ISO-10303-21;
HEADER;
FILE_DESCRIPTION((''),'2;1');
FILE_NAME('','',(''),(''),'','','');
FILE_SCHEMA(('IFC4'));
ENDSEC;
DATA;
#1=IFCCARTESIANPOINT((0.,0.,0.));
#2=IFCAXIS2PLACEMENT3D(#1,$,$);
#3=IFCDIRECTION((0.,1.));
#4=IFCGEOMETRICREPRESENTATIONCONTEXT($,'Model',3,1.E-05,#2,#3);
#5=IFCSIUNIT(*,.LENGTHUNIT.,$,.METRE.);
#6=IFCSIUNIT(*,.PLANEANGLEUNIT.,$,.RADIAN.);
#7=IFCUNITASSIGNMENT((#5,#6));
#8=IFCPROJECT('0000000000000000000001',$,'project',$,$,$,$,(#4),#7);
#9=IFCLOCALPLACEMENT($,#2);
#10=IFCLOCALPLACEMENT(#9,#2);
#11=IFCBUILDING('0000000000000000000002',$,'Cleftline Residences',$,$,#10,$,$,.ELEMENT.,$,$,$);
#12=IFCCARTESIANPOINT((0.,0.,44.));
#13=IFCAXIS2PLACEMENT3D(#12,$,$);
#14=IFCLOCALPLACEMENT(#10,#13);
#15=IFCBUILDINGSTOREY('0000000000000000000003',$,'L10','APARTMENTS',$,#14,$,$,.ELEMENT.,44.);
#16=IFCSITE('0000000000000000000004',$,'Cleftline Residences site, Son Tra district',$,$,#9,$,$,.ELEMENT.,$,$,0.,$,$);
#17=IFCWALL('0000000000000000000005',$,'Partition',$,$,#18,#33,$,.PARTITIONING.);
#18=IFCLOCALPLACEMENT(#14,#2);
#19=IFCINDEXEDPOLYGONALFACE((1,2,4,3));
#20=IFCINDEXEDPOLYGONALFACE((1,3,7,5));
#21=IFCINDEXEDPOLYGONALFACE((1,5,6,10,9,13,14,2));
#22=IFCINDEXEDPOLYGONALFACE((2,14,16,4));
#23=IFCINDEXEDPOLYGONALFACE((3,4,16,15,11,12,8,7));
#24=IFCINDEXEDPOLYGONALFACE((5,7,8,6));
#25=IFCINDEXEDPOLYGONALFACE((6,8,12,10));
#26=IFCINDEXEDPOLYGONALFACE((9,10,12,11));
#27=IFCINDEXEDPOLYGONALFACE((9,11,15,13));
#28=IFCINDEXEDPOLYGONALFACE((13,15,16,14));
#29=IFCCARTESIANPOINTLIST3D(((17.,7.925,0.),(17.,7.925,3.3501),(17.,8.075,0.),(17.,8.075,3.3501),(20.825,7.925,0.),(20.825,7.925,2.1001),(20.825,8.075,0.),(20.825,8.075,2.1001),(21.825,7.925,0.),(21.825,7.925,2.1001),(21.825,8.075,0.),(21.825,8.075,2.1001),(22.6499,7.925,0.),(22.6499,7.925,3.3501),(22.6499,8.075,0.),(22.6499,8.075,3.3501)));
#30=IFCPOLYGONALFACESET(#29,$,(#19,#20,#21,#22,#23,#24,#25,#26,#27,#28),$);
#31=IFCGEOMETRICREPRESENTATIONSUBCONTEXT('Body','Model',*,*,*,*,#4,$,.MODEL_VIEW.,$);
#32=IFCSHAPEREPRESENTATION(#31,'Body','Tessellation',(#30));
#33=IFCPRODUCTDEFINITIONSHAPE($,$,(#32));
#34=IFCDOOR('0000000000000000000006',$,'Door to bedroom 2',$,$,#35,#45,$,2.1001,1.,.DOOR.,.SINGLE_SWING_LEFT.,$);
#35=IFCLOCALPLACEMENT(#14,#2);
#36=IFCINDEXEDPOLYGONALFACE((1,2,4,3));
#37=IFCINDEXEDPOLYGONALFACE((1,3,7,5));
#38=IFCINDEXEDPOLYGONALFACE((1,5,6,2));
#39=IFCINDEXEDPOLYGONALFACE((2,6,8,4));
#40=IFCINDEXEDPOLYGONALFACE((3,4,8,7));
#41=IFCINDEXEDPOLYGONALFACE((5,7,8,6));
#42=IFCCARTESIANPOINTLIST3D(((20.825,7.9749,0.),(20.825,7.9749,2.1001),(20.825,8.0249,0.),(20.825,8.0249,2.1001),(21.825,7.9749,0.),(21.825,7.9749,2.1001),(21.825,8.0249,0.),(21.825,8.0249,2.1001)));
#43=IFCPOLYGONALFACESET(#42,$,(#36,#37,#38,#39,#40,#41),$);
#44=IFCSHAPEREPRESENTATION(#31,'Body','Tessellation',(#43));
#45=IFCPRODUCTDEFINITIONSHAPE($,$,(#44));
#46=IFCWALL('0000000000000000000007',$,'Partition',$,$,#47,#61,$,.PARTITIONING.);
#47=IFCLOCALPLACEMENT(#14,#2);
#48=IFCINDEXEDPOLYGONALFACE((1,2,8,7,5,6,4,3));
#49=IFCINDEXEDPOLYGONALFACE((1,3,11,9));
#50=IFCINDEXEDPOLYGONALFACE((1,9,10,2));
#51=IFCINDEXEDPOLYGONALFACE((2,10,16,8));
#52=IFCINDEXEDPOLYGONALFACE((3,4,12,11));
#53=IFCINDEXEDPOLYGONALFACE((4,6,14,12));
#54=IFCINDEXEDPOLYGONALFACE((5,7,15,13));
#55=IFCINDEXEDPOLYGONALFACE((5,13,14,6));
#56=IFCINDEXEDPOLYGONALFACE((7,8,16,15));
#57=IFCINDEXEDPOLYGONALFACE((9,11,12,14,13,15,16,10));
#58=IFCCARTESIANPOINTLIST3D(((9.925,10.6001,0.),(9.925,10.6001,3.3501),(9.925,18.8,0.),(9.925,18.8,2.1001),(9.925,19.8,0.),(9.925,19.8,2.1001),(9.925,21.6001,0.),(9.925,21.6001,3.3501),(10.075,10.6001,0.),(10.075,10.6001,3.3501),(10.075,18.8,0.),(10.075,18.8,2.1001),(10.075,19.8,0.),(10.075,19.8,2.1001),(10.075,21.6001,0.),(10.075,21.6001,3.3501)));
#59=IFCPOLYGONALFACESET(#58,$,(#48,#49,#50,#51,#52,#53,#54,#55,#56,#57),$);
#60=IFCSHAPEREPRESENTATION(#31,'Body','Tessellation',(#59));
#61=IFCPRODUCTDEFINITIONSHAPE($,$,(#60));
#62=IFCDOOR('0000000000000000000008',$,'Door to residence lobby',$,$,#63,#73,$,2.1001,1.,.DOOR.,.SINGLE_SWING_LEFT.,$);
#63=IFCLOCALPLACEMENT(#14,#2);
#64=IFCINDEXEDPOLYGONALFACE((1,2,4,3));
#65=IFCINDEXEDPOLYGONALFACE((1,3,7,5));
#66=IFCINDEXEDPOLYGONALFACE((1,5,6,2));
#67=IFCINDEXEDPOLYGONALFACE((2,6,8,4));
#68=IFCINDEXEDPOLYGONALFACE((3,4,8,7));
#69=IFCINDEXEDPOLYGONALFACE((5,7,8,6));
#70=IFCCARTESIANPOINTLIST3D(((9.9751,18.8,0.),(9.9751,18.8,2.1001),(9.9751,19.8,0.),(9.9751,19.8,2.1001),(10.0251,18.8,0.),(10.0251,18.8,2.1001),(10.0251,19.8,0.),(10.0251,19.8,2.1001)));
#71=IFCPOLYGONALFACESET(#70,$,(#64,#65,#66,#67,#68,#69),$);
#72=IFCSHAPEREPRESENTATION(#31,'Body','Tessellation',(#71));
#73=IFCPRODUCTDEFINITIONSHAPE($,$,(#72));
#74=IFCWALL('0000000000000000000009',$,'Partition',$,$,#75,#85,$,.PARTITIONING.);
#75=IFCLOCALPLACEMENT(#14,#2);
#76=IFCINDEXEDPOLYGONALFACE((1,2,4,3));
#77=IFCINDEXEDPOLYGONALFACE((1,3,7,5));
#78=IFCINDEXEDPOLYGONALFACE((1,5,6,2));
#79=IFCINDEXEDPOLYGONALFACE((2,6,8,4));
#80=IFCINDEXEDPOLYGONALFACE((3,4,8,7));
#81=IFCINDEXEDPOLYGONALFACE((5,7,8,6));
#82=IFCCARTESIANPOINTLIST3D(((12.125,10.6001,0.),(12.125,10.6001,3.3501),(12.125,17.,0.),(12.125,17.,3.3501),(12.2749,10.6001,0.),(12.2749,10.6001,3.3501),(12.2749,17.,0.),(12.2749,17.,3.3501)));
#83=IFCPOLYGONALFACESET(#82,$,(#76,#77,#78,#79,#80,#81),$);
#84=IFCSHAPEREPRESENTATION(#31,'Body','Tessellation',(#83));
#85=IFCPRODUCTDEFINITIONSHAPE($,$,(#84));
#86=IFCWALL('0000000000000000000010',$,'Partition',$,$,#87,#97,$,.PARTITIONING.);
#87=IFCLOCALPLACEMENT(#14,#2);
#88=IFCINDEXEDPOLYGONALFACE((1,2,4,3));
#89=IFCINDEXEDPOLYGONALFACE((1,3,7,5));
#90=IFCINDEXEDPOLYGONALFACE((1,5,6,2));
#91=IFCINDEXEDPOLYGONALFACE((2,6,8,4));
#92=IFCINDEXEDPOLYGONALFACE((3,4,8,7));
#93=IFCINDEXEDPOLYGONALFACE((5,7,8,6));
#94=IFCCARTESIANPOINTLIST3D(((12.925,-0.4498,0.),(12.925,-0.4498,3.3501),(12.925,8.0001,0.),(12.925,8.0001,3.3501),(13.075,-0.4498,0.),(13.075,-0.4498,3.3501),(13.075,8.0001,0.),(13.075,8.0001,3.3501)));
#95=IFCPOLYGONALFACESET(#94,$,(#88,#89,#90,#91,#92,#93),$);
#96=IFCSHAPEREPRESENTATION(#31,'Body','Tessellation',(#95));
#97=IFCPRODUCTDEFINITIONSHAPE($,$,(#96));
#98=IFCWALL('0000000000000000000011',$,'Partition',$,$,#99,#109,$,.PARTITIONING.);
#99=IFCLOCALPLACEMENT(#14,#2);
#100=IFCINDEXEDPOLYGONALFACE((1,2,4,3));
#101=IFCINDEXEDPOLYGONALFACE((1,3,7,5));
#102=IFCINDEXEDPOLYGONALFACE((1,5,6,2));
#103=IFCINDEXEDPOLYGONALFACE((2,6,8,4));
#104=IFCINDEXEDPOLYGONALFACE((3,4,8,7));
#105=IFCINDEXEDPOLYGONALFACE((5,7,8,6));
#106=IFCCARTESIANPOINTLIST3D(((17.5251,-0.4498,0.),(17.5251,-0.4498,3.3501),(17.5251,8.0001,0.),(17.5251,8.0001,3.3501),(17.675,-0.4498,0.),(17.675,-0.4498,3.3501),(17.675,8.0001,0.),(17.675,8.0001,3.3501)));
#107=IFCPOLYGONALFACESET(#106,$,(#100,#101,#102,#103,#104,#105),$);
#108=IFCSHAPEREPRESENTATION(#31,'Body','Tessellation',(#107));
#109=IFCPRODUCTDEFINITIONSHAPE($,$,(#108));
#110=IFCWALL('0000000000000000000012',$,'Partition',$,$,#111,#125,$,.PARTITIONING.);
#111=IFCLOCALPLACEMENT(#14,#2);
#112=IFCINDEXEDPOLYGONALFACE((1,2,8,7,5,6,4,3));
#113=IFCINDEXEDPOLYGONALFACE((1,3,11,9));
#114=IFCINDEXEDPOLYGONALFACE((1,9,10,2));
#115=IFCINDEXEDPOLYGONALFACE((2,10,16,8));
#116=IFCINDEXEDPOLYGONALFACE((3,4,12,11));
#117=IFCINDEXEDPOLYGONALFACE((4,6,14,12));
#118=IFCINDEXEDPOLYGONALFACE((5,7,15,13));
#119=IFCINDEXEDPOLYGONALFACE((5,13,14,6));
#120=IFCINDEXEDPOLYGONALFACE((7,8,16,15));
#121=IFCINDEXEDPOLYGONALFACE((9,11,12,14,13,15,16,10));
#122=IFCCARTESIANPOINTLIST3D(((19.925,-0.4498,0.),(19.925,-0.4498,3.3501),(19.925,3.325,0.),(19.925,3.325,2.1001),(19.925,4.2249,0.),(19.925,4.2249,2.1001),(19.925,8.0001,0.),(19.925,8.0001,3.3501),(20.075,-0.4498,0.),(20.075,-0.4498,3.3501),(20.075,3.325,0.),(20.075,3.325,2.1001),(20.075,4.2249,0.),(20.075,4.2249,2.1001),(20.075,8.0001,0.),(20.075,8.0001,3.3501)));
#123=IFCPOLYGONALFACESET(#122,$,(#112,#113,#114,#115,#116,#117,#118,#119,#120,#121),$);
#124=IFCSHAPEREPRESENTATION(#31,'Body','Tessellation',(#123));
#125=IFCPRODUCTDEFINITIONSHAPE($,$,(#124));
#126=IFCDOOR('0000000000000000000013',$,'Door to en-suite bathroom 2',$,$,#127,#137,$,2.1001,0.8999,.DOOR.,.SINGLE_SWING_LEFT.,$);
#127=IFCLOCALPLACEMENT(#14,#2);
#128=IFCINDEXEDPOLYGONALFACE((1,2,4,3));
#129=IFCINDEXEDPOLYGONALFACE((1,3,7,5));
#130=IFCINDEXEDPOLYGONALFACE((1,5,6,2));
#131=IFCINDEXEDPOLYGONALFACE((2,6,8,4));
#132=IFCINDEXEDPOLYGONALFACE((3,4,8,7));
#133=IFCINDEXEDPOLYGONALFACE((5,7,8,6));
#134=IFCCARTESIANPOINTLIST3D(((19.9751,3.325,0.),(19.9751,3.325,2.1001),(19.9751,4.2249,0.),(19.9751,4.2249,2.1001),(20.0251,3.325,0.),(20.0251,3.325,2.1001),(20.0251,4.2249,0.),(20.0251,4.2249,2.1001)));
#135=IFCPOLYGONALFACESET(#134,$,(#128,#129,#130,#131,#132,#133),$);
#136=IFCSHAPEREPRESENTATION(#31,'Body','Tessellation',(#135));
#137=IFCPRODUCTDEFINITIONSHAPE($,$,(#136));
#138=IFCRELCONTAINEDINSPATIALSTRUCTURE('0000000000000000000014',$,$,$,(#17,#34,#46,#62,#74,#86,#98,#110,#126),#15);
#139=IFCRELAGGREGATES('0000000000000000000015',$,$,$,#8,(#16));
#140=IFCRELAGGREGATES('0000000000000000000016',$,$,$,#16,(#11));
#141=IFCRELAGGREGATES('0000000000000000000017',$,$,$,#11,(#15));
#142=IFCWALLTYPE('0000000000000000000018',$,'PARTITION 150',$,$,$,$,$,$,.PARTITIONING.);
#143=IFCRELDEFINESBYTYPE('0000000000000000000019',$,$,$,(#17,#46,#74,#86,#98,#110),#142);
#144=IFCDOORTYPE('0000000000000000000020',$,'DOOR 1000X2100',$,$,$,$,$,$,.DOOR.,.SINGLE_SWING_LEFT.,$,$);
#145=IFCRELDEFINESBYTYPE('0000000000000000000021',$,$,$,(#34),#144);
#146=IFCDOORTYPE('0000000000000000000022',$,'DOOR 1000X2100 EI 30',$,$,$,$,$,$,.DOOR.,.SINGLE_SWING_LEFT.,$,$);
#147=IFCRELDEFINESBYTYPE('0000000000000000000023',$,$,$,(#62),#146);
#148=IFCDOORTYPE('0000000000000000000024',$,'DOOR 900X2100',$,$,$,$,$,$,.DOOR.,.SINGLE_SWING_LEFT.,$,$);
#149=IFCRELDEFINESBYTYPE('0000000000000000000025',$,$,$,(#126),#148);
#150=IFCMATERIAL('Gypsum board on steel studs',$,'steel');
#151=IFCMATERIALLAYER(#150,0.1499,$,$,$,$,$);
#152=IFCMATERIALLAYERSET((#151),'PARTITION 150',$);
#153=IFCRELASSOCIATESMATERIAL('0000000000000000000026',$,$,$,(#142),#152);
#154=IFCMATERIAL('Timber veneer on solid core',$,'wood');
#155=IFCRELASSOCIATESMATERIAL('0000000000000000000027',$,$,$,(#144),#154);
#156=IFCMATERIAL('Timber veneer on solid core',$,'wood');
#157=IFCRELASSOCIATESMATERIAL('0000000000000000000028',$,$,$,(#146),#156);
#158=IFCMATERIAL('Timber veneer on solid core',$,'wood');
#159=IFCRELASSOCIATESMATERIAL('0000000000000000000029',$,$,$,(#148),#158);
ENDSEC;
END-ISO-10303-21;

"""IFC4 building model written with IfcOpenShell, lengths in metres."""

from ifc_helpers import new_model, si_unit, direction, frame, frame_2d, origin, place, context, subcontext, project, spatial, rectangle, extrude, material, layer, layer_set, type_object, element, fill, save


model = new_model("IFC4")

# Units and contexts
model_context = context("Model", 3, precision=1e-05, world=origin(), true_north=direction((0.0, 1.0)))
body_context = subcontext(model_context, "Body", "Model", "MODEL_VIEW")
ifc_project = project(units=[si_unit("LENGTHUNIT", "METRE"), si_unit("PLANEANGLEUNIT", "RADIAN")], contexts=[model_context])

# Site, building, storey
site_placement = place(None, origin())
site = spatial("IfcSite", under=ifc_project, at=site_placement, Name="Cleftline Residences site, Son Tra district", CompositionType="ELEMENT", RefElevation=0.0)
building_placement = place(site_placement, origin())
building = spatial("IfcBuilding", under=site, at=building_placement, Name="Cleftline Residences", CompositionType="ELEMENT")
storey_placement = place(building_placement, frame((0.0, 0.0, 44.0)))
storey = spatial("IfcBuildingStorey", under=building, at=storey_placement, Name="L10", Description="APARTMENTS", CompositionType="ELEMENT", Elevation=44.0)

# Shared definitions
ifc_material_1 = material(Name="Gypsum board on steel studs", Category="steel")
ifc_layer_1 = layer(ifc_material_1, 0.1499)
ifc_layer_set_1 = layer_set([ifc_layer_1], Name="PARTITION 150")
wall_type = type_object("IfcWallType", Name="PARTITION 150", PredefinedType="PARTITIONING", material=ifc_layer_set_1)
ifc_material_2 = material(Name="Timber veneer on solid core", Category="wood")
door_type_1 = type_object("IfcDoorType", Name="DOOR 1000X2100", OperationType="SINGLE_SWING_LEFT", PredefinedType="DOOR", material=ifc_material_2)

# Walls, openings, doors
wall_1_placement = place(storey_placement, frame((17.0, 8.0, 0.0), z_axis=(0.0, 0.0, 1.0), x_axis=(1.0, 0.0, 0.0)))
wall_1 = element("IfcWall", 1, at=wall_1_placement, inside=storey, type_object=wall_type, Name="Partition", PredefinedType="PARTITIONING", context=body_context, shape_type="SweptSolid", body=[
    extrude(rectangle(XDim=5.6499, YDim=0.1499, at=frame_2d((2.825, 0.0))), origin(), (0.0, 0.0, 1.0), 3.3501),
])
opening_1_placement = place(wall_1_placement, frame((3.825, 0.0, 0.0)))
opening_1 = element("IfcOpeningElement", 2, at=opening_1_placement, cuts=wall_1, PredefinedType="OPENING", context=body_context, shape_type="SweptSolid", body=[
    extrude(rectangle(XDim=1.0, YDim=2.1001, at=frame_2d((0.5, 1.05))), frame((0.0, 0.085, 0.0), z_axis=(0.0, -1.0, 0.0), x_axis=(1.0, 0.0, 0.0)), (0.0, 0.0, 1.0), 0.1699),
])
door_1_placement = place(opening_1_placement, origin())
door_1 = element("IfcDoor", 3, at=door_1_placement, inside=storey, type_object=door_type_1, Name="Door to bedroom 2", OperationType="SINGLE_SWING_LEFT", OverallHeight=2.1001, OverallWidth=1.0, PredefinedType="DOOR", context=body_context, shape_type="SweptSolid", body=[
    extrude(rectangle(XDim=1.0, YDim=2.1001, at=frame_2d((0.5, 1.05))), frame((0.0, 0.0249, 0.0), z_axis=(0.0, -1.0, 0.0), x_axis=(1.0, 0.0, 0.0)), (0.0, 0.0, 1.0), 0.05),
])
fill(opening_1, door_1)
wall_2_placement = place(storey_placement, frame((10.0, 10.6001, 0.0), z_axis=(0.0, 0.0, 1.0), x_axis=(0.0, 1.0, 0.0)))
wall_2 = element("IfcWall", 4, at=wall_2_placement, inside=storey, type_object=wall_type, Name="Partition", PredefinedType="PARTITIONING", context=body_context, shape_type="SweptSolid", body=[
    extrude(rectangle(XDim=11.0, YDim=0.1499, at=frame_2d((5.5, 0.0))), origin(), (0.0, 0.0, 1.0), 3.3501),
])
opening_2_placement = place(wall_2_placement, frame((8.2, 0.0, 0.0)))
opening_2 = element("IfcOpeningElement", 5, at=opening_2_placement, cuts=wall_2, PredefinedType="OPENING", context=body_context, shape_type="SweptSolid", body=[
    extrude(rectangle(XDim=1.0, YDim=2.1001, at=frame_2d((0.5, 1.05))), frame((0.0, 0.085, 0.0), z_axis=(0.0, -1.0, 0.0), x_axis=(1.0, 0.0, 0.0)), (0.0, 0.0, 1.0), 0.1699),
])
ifc_material_3 = material(Name="Timber veneer on solid core", Category="wood")
door_type_2 = type_object("IfcDoorType", Name="DOOR 1000X2100 EI 30", OperationType="SINGLE_SWING_LEFT", PredefinedType="DOOR", material=ifc_material_3)
door_2_placement = place(opening_2_placement, origin())
door_2 = element("IfcDoor", 6, at=door_2_placement, inside=storey, type_object=door_type_2, Name="Door to residence lobby", OperationType="SINGLE_SWING_LEFT", OverallHeight=2.1001, OverallWidth=1.0, PredefinedType="DOOR", context=body_context, shape_type="SweptSolid", body=[
    extrude(rectangle(XDim=1.0, YDim=2.1001, at=frame_2d((0.5, 1.05))), frame((0.0, 0.0249, 0.0), z_axis=(0.0, -1.0, 0.0), x_axis=(1.0, 0.0, 0.0)), (0.0, 0.0, 1.0), 0.05),
])
fill(opening_2, door_2)

# Walls
wall_3_placement = place(storey_placement, frame((12.2, 10.6001, 0.0), z_axis=(0.0, 0.0, 1.0), x_axis=(0.0, 1.0, 0.0)))
element("IfcWall", 7, at=wall_3_placement, inside=storey, type_object=wall_type, Name="Partition", PredefinedType="PARTITIONING", context=body_context, shape_type="SweptSolid", body=[
    extrude(rectangle(XDim=6.3999, YDim=0.1499, at=frame_2d((3.2, 0.0))), origin(), (0.0, 0.0, 1.0), 3.3501),
])
for number, where, z_axis, x_axis, name in (
    (8, (13.0, -0.45, 0.0), (0.0, 0.0, 1.0), (0.0, 1.0, 0.0), "Partition"),
    (9, (17.6001, -0.45, 0.0), (0.0, 0.0, 1.0), (0.0, 1.0, 0.0), "Partition"),
):
    element("IfcWall", number, at=place(storey_placement, frame(where, z_axis=z_axis, x_axis=x_axis)), inside=storey, type_object=wall_type, Name=name, PredefinedType="PARTITIONING", context=body_context, shape_type="SweptSolid", body=[
        extrude(rectangle(XDim=8.45, YDim=0.1499, at=frame_2d((4.2251, 0.0))), origin(), (0.0, 0.0, 1.0), 3.3501),
    ])

# Wall, opening, door
wall_4_placement = place(storey_placement, frame((20.0, -0.45, 0.0), z_axis=(0.0, 0.0, 1.0), x_axis=(0.0, 1.0, 0.0)))
wall_4 = element("IfcWall", 10, at=wall_4_placement, inside=storey, type_object=wall_type, Name="Partition", PredefinedType="PARTITIONING", context=body_context, shape_type="SweptSolid", body=[
    extrude(rectangle(XDim=8.45, YDim=0.1499, at=frame_2d((4.2251, 0.0))), origin(), (0.0, 0.0, 1.0), 3.3501),
])
opening_3_placement = place(wall_4_placement, frame((3.7749, 0.0, 0.0)))
opening_3 = element("IfcOpeningElement", 11, at=opening_3_placement, cuts=wall_4, PredefinedType="OPENING", context=body_context, shape_type="SweptSolid", body=[
    extrude(rectangle(XDim=0.8999, YDim=2.1001, at=frame_2d((0.45, 1.05))), frame((0.0, 0.085, 0.0), z_axis=(0.0, -1.0, 0.0), x_axis=(1.0, 0.0, 0.0)), (0.0, 0.0, 1.0), 0.1699),
])
ifc_material_4 = material(Name="Timber veneer on solid core", Category="wood")
door_type_3 = type_object("IfcDoorType", Name="DOOR 900X2100", OperationType="SINGLE_SWING_LEFT", PredefinedType="DOOR", material=ifc_material_4)
door_3_placement = place(opening_3_placement, origin())
door_3 = element("IfcDoor", 12, at=door_3_placement, inside=storey, type_object=door_type_3, Name="Door to en-suite bathroom 2", OperationType="SINGLE_SWING_LEFT", OverallHeight=2.1001, OverallWidth=0.8999, PredefinedType="DOOR", context=body_context, shape_type="SweptSolid", body=[
    extrude(rectangle(XDim=0.8999, YDim=2.1001, at=frame_2d((0.45, 1.05))), frame((0.0, 0.0249, 0.0), z_axis=(0.0, -1.0, 0.0), x_axis=(1.0, 0.0, 0.0)), (0.0, 0.0, 1.0), 0.05),
])
fill(opening_3, door_3)

save(model, "model.ifc")
